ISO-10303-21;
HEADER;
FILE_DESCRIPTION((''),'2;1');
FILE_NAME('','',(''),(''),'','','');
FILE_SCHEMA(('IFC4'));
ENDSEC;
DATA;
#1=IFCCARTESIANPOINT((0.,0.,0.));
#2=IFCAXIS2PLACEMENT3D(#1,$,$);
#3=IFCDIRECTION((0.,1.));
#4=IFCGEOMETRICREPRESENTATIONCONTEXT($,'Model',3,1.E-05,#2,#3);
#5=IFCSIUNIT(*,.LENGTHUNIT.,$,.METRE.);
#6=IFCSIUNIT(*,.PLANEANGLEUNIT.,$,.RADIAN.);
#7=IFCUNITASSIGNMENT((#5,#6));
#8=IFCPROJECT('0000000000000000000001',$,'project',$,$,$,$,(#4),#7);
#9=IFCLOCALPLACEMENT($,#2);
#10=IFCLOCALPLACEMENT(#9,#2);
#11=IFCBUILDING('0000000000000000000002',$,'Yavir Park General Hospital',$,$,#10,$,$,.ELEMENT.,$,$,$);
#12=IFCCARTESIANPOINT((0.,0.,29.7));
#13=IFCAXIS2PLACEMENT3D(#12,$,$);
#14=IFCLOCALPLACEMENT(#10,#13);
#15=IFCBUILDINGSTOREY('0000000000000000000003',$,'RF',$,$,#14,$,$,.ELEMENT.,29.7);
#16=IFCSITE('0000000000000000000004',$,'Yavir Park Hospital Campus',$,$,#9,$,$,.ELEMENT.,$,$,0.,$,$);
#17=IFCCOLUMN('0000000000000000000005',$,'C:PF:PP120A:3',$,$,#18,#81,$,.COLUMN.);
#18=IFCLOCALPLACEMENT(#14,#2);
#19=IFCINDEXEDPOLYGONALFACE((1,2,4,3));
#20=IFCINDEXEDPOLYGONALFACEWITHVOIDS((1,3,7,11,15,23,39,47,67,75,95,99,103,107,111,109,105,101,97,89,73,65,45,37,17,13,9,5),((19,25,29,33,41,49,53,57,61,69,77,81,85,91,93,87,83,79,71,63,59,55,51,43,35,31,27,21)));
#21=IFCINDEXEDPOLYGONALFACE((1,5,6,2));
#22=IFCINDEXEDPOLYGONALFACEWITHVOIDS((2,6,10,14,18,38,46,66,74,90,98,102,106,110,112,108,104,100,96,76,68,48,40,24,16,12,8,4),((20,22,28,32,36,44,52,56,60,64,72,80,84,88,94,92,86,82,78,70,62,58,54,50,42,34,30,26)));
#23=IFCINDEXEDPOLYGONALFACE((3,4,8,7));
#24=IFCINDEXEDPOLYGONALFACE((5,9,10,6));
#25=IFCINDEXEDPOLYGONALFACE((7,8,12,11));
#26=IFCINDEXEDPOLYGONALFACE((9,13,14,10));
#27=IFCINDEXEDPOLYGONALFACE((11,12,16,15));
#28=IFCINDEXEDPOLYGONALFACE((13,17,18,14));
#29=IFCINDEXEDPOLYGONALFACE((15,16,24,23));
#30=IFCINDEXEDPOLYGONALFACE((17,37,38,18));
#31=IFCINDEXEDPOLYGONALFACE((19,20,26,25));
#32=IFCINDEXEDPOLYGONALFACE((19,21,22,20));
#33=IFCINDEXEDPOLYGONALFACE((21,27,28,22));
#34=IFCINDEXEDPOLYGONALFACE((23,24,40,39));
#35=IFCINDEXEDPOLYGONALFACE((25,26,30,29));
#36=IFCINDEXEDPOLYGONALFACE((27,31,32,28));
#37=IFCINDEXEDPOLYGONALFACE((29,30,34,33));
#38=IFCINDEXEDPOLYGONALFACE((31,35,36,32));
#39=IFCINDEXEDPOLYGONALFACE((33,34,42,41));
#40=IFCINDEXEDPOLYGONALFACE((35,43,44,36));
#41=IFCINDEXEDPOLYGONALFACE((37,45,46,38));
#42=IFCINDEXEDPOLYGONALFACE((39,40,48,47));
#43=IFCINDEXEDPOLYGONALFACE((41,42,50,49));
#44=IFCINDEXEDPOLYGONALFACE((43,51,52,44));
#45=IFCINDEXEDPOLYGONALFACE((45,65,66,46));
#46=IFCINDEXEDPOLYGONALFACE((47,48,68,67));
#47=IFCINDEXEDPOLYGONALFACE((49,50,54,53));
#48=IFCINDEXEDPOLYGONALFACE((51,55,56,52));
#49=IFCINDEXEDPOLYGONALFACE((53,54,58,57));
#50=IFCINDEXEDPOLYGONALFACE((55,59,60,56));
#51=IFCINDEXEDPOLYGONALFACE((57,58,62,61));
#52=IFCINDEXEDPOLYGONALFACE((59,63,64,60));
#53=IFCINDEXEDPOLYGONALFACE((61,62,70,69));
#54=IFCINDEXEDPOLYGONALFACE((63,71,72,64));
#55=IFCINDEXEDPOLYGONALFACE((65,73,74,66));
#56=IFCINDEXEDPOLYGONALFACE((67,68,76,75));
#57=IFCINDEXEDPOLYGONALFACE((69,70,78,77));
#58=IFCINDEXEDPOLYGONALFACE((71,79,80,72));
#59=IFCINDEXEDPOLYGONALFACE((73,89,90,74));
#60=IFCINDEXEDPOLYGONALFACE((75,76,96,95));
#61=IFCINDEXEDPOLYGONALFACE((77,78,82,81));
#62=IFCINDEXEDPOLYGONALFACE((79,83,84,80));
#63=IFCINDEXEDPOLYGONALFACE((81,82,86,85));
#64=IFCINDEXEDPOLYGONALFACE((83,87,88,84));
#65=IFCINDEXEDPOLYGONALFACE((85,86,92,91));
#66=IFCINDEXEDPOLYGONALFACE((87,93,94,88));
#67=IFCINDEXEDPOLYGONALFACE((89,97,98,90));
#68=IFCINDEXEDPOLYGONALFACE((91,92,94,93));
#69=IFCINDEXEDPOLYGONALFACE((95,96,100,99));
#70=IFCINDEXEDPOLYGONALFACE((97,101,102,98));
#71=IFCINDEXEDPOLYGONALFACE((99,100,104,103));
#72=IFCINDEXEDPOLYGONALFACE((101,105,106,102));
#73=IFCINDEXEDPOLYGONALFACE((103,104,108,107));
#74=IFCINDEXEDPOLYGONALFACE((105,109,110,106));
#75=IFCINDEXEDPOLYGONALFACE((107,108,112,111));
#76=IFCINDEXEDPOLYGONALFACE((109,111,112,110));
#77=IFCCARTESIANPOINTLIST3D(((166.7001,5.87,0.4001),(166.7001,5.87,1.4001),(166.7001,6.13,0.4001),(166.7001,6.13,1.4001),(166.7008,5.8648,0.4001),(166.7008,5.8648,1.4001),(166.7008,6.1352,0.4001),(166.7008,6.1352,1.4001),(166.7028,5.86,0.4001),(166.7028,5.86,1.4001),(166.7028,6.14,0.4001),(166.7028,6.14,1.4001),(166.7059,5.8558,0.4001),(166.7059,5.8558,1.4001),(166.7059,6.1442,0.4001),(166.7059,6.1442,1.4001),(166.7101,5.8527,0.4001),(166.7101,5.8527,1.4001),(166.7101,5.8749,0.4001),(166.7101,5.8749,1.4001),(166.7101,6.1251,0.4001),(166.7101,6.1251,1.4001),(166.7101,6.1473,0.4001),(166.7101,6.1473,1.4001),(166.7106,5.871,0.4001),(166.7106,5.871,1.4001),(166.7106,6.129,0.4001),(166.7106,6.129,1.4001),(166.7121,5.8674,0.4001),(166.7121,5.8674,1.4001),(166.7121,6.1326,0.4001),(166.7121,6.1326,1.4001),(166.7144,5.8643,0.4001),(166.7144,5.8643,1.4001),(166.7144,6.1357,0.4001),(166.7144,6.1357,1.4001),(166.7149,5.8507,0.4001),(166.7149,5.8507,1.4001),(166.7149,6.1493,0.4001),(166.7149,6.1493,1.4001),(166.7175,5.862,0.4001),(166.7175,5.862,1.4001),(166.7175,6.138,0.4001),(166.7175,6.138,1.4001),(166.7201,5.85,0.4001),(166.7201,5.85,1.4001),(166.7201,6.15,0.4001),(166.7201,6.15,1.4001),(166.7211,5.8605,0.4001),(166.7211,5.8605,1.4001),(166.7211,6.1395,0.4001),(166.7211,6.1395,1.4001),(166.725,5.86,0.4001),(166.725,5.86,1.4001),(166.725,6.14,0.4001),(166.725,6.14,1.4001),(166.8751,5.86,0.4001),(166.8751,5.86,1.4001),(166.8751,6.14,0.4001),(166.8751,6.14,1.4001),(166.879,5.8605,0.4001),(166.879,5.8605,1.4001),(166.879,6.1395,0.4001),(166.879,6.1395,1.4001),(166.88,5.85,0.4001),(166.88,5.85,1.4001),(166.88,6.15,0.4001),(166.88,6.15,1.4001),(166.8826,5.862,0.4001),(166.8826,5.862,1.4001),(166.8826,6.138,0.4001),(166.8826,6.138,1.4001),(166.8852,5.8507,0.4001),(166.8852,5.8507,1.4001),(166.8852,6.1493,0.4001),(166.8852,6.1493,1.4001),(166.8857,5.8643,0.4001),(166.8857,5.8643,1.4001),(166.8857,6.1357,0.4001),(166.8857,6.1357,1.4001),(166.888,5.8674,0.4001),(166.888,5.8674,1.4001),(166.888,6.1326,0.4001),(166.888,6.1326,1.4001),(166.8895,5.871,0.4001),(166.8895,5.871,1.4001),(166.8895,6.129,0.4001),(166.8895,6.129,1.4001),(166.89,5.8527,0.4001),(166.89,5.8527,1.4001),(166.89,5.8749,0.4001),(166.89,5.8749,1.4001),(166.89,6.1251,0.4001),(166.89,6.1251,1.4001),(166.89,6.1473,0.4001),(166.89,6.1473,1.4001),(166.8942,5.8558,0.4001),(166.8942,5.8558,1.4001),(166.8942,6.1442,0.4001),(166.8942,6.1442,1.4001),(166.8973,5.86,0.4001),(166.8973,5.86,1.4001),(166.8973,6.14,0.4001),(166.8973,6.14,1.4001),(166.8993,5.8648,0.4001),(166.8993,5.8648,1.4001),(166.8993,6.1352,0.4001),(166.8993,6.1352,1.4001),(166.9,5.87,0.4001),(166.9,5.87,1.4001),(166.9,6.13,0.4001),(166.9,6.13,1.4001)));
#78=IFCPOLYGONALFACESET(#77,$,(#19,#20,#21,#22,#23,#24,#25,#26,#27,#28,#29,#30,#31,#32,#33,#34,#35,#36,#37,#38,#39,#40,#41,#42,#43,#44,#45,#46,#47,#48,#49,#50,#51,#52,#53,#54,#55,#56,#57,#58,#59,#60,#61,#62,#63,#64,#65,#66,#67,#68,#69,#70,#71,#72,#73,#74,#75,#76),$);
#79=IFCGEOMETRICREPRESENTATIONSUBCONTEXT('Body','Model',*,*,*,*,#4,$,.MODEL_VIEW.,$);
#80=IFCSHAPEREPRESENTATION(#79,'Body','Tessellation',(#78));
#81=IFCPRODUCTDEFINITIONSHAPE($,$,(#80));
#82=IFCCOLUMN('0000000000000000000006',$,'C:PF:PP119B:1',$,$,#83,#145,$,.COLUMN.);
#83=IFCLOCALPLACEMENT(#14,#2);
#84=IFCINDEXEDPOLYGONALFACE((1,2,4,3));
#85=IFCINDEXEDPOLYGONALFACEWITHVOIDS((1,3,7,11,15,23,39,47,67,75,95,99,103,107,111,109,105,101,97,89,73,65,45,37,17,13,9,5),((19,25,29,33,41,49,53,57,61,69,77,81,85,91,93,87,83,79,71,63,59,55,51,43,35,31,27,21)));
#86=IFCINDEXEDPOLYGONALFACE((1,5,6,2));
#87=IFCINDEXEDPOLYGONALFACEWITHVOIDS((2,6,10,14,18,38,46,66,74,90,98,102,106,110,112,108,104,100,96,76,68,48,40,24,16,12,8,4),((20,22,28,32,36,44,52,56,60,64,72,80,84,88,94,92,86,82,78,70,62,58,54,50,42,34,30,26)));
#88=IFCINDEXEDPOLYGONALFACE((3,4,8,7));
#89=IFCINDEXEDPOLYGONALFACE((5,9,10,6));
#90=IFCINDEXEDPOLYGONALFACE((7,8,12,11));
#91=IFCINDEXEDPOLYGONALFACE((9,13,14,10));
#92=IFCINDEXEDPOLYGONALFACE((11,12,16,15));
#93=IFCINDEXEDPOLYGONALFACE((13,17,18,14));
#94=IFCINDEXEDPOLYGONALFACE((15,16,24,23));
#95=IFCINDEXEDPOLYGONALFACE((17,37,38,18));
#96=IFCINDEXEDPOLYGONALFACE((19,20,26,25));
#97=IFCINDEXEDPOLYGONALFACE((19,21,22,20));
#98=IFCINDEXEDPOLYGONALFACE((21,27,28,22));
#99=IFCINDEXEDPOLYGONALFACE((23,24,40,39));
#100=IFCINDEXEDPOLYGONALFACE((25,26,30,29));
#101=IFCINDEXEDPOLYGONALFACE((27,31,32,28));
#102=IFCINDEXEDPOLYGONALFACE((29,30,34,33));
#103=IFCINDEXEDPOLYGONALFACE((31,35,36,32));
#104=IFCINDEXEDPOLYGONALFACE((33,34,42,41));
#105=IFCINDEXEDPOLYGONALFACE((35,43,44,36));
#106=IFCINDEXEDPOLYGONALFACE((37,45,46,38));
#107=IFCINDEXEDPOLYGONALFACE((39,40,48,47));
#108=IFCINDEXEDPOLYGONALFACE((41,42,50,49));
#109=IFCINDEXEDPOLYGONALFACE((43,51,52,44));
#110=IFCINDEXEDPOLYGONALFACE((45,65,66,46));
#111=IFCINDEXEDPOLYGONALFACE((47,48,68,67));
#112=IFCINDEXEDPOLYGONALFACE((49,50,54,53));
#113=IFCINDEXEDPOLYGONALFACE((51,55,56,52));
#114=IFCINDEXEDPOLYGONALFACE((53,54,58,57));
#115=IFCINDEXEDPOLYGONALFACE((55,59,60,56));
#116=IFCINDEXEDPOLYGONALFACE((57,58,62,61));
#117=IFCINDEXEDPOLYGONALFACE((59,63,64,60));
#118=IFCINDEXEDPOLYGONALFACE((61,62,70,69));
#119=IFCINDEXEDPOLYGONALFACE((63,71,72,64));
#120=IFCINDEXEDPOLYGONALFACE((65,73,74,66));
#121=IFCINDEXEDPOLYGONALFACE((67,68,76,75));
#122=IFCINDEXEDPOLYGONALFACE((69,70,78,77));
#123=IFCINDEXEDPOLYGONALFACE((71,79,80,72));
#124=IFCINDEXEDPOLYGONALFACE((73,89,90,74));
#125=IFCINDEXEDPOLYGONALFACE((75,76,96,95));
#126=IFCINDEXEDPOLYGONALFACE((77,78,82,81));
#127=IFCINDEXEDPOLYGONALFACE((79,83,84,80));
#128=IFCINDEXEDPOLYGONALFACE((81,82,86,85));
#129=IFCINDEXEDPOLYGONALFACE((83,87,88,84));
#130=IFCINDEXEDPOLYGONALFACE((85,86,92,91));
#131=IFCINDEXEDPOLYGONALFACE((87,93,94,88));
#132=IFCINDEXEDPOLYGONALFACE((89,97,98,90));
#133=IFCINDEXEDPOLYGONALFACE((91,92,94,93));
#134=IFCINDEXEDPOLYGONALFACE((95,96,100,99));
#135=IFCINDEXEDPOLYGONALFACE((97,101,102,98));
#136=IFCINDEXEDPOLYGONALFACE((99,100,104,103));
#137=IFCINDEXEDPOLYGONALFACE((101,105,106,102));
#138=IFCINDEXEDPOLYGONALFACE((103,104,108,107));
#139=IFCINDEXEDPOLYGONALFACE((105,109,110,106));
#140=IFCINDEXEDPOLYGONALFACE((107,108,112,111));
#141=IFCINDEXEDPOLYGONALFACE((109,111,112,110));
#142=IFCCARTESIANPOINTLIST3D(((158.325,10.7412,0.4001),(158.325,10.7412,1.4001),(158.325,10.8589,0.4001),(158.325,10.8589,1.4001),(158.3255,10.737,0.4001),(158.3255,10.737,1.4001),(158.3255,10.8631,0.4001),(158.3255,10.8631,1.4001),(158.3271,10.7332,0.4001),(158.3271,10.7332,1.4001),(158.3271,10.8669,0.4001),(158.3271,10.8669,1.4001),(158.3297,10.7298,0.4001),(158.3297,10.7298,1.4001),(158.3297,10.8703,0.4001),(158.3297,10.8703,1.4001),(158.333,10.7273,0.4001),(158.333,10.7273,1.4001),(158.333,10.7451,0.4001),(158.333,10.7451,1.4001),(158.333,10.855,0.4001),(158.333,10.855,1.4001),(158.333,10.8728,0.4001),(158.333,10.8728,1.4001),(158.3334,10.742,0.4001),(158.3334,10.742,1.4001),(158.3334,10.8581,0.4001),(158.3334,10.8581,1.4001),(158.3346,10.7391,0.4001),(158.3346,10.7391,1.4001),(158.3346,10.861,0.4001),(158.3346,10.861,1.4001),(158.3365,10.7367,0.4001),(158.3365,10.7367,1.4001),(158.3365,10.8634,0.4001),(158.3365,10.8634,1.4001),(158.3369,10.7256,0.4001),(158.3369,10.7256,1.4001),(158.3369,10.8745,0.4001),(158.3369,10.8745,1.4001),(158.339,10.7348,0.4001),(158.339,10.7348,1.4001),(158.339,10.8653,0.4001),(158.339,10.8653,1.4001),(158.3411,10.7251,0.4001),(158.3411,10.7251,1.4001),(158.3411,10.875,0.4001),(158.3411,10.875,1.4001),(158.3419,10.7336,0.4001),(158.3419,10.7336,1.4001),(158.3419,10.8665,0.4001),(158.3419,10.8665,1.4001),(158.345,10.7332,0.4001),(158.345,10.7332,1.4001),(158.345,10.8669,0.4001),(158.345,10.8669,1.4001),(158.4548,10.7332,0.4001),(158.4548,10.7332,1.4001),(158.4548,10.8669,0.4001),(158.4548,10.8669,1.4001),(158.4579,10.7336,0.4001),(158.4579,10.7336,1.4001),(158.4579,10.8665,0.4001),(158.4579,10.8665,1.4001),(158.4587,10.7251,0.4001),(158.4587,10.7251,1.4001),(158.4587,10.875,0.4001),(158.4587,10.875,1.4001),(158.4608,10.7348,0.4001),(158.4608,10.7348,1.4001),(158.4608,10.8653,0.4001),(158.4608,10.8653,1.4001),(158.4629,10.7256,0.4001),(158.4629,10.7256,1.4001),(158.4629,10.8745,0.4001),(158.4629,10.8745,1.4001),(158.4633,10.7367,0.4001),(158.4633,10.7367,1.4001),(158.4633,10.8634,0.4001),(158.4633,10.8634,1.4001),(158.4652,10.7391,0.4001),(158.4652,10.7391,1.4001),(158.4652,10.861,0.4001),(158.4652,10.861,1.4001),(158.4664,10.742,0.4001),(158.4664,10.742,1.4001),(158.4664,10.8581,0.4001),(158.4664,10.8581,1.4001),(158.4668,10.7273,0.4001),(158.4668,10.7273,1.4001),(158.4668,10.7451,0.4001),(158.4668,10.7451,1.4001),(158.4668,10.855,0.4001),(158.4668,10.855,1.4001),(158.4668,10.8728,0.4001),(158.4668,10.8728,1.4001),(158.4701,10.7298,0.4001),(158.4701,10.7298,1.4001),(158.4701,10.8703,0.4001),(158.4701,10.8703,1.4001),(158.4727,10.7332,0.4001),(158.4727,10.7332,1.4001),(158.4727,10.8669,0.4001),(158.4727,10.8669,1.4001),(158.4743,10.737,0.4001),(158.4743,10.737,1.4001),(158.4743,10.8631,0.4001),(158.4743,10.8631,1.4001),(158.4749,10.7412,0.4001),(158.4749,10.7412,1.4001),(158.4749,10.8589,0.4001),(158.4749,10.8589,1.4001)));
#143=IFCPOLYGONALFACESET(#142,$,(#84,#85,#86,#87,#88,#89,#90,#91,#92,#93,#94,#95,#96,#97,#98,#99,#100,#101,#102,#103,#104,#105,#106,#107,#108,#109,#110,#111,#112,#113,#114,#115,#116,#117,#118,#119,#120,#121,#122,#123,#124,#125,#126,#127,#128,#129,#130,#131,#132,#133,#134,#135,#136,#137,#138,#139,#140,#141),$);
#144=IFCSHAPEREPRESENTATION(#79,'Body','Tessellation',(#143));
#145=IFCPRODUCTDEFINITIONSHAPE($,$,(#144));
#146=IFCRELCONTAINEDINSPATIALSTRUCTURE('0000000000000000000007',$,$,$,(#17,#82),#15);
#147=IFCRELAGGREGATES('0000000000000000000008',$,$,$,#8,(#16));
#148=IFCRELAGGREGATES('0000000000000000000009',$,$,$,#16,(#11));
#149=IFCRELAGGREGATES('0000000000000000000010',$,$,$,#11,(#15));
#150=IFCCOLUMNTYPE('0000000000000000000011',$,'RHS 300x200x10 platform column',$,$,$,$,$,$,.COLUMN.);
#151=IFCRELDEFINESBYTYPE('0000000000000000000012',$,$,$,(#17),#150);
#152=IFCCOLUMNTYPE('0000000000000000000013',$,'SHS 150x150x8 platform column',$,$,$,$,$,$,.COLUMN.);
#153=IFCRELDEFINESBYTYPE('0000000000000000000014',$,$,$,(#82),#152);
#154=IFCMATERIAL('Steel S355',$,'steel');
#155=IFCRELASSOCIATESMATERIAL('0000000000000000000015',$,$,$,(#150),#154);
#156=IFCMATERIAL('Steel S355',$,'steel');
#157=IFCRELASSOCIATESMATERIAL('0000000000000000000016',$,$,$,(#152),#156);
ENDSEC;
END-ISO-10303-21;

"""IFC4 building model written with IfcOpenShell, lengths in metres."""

from ifc_helpers import new_model, si_unit, direction, frame, origin, origin_2d, place, context, subcontext, project, spatial, hollow_rectangle, extrude, material, material_profile, profile_set, type_object, element, save


model = new_model("IFC4")

# Units and contexts
model_context = context("Model", 3, precision=1e-05, world=origin(), true_north=direction((0.0, 1.0)))
body_context = subcontext(model_context, "Body", "Model", "MODEL_VIEW")
ifc_project = project(units=[si_unit("LENGTHUNIT", "METRE"), si_unit("PLANEANGLEUNIT", "RADIAN")], contexts=[model_context])

# Site, building, storey
site_placement = place(None, origin())
site = spatial("IfcSite", under=ifc_project, at=site_placement, Name="Yavir Park Hospital Campus", CompositionType="ELEMENT", RefElevation=0.0)
building_placement = place(site_placement, origin())
building = spatial("IfcBuilding", under=site, at=building_placement, Name="Yavir Park General Hospital", CompositionType="ELEMENT")
storey_placement = place(building_placement, frame((0.0, 0.0, 29.7)))
storey = spatial("IfcBuildingStorey", under=building, at=storey_placement, Name="RF", CompositionType="ELEMENT", Elevation=29.7)

# Columns
ifc_material_1 = material(Name="Steel S355", Category="steel")
ifc_material_profile_1 = material_profile(ifc_material_1, hollow_rectangle(XDim=0.2, YDim=0.3, WallThickness=0.01, InnerFilletRadius=0.0149, OuterFilletRadius=0.02, at=origin_2d()), Name="RHS300x200x10")
ifc_profile_set_1 = profile_set([ifc_material_profile_1], Name="Steel S355")
column_type_1 = type_object("IfcColumnType", Name="RHS 300x200x10 platform column", PredefinedType="COLUMN", material=ifc_profile_set_1)
for number, where, z_axis, x_axis, name in (
    (1, (166.8, 6.0, 0.4001), (0.0, 0.0, 1.0), (1.0, 0.0, 0.0), "C:PF:PP120A:3"),
):
    element("IfcColumn", number, at=place(storey_placement, frame(where, z_axis=z_axis, x_axis=x_axis)), inside=storey, type_object=column_type_1, Name=name, PredefinedType="COLUMN", context=body_context, shape_type="SweptSolid", body=[
        extrude(hollow_rectangle(XDim=0.2, YDim=0.3, WallThickness=0.01, InnerFilletRadius=0.0149, OuterFilletRadius=0.02, at=origin_2d()), origin(), (0.0, 0.0, 1.0), 1.0),
    ])
ifc_material_2 = material(Name="Steel S355", Category="steel")
ifc_material_profile_2 = material_profile(ifc_material_2, hollow_rectangle(XDim=0.1499, YDim=0.1499, WallThickness=0.0081, InnerFilletRadius=0.012, OuterFilletRadius=0.0161, at=origin_2d()), Name="SHS150x150x8")
ifc_profile_set_2 = profile_set([ifc_material_profile_2], Name="Steel S355")
column_type_2 = type_object("IfcColumnType", Name="SHS 150x150x8 platform column", PredefinedType="COLUMN", material=ifc_profile_set_2)
for number, where, z_axis, x_axis, name in (
    (2, (158.3999, 10.8, 0.4001), (0.0, 0.0, 1.0), (1.0, 0.0, 0.0), "C:PF:PP119B:1"),
):
    element("IfcColumn", number, at=place(storey_placement, frame(where, z_axis=z_axis, x_axis=x_axis)), inside=storey, type_object=column_type_2, Name=name, PredefinedType="COLUMN", context=body_context, shape_type="SweptSolid", body=[
        extrude(hollow_rectangle(XDim=0.1499, YDim=0.1499, WallThickness=0.0081, InnerFilletRadius=0.012, OuterFilletRadius=0.0161, at=origin_2d()), origin(), (0.0, 0.0, 1.0), 1.0),
    ])

save(model, "model.ifc")
